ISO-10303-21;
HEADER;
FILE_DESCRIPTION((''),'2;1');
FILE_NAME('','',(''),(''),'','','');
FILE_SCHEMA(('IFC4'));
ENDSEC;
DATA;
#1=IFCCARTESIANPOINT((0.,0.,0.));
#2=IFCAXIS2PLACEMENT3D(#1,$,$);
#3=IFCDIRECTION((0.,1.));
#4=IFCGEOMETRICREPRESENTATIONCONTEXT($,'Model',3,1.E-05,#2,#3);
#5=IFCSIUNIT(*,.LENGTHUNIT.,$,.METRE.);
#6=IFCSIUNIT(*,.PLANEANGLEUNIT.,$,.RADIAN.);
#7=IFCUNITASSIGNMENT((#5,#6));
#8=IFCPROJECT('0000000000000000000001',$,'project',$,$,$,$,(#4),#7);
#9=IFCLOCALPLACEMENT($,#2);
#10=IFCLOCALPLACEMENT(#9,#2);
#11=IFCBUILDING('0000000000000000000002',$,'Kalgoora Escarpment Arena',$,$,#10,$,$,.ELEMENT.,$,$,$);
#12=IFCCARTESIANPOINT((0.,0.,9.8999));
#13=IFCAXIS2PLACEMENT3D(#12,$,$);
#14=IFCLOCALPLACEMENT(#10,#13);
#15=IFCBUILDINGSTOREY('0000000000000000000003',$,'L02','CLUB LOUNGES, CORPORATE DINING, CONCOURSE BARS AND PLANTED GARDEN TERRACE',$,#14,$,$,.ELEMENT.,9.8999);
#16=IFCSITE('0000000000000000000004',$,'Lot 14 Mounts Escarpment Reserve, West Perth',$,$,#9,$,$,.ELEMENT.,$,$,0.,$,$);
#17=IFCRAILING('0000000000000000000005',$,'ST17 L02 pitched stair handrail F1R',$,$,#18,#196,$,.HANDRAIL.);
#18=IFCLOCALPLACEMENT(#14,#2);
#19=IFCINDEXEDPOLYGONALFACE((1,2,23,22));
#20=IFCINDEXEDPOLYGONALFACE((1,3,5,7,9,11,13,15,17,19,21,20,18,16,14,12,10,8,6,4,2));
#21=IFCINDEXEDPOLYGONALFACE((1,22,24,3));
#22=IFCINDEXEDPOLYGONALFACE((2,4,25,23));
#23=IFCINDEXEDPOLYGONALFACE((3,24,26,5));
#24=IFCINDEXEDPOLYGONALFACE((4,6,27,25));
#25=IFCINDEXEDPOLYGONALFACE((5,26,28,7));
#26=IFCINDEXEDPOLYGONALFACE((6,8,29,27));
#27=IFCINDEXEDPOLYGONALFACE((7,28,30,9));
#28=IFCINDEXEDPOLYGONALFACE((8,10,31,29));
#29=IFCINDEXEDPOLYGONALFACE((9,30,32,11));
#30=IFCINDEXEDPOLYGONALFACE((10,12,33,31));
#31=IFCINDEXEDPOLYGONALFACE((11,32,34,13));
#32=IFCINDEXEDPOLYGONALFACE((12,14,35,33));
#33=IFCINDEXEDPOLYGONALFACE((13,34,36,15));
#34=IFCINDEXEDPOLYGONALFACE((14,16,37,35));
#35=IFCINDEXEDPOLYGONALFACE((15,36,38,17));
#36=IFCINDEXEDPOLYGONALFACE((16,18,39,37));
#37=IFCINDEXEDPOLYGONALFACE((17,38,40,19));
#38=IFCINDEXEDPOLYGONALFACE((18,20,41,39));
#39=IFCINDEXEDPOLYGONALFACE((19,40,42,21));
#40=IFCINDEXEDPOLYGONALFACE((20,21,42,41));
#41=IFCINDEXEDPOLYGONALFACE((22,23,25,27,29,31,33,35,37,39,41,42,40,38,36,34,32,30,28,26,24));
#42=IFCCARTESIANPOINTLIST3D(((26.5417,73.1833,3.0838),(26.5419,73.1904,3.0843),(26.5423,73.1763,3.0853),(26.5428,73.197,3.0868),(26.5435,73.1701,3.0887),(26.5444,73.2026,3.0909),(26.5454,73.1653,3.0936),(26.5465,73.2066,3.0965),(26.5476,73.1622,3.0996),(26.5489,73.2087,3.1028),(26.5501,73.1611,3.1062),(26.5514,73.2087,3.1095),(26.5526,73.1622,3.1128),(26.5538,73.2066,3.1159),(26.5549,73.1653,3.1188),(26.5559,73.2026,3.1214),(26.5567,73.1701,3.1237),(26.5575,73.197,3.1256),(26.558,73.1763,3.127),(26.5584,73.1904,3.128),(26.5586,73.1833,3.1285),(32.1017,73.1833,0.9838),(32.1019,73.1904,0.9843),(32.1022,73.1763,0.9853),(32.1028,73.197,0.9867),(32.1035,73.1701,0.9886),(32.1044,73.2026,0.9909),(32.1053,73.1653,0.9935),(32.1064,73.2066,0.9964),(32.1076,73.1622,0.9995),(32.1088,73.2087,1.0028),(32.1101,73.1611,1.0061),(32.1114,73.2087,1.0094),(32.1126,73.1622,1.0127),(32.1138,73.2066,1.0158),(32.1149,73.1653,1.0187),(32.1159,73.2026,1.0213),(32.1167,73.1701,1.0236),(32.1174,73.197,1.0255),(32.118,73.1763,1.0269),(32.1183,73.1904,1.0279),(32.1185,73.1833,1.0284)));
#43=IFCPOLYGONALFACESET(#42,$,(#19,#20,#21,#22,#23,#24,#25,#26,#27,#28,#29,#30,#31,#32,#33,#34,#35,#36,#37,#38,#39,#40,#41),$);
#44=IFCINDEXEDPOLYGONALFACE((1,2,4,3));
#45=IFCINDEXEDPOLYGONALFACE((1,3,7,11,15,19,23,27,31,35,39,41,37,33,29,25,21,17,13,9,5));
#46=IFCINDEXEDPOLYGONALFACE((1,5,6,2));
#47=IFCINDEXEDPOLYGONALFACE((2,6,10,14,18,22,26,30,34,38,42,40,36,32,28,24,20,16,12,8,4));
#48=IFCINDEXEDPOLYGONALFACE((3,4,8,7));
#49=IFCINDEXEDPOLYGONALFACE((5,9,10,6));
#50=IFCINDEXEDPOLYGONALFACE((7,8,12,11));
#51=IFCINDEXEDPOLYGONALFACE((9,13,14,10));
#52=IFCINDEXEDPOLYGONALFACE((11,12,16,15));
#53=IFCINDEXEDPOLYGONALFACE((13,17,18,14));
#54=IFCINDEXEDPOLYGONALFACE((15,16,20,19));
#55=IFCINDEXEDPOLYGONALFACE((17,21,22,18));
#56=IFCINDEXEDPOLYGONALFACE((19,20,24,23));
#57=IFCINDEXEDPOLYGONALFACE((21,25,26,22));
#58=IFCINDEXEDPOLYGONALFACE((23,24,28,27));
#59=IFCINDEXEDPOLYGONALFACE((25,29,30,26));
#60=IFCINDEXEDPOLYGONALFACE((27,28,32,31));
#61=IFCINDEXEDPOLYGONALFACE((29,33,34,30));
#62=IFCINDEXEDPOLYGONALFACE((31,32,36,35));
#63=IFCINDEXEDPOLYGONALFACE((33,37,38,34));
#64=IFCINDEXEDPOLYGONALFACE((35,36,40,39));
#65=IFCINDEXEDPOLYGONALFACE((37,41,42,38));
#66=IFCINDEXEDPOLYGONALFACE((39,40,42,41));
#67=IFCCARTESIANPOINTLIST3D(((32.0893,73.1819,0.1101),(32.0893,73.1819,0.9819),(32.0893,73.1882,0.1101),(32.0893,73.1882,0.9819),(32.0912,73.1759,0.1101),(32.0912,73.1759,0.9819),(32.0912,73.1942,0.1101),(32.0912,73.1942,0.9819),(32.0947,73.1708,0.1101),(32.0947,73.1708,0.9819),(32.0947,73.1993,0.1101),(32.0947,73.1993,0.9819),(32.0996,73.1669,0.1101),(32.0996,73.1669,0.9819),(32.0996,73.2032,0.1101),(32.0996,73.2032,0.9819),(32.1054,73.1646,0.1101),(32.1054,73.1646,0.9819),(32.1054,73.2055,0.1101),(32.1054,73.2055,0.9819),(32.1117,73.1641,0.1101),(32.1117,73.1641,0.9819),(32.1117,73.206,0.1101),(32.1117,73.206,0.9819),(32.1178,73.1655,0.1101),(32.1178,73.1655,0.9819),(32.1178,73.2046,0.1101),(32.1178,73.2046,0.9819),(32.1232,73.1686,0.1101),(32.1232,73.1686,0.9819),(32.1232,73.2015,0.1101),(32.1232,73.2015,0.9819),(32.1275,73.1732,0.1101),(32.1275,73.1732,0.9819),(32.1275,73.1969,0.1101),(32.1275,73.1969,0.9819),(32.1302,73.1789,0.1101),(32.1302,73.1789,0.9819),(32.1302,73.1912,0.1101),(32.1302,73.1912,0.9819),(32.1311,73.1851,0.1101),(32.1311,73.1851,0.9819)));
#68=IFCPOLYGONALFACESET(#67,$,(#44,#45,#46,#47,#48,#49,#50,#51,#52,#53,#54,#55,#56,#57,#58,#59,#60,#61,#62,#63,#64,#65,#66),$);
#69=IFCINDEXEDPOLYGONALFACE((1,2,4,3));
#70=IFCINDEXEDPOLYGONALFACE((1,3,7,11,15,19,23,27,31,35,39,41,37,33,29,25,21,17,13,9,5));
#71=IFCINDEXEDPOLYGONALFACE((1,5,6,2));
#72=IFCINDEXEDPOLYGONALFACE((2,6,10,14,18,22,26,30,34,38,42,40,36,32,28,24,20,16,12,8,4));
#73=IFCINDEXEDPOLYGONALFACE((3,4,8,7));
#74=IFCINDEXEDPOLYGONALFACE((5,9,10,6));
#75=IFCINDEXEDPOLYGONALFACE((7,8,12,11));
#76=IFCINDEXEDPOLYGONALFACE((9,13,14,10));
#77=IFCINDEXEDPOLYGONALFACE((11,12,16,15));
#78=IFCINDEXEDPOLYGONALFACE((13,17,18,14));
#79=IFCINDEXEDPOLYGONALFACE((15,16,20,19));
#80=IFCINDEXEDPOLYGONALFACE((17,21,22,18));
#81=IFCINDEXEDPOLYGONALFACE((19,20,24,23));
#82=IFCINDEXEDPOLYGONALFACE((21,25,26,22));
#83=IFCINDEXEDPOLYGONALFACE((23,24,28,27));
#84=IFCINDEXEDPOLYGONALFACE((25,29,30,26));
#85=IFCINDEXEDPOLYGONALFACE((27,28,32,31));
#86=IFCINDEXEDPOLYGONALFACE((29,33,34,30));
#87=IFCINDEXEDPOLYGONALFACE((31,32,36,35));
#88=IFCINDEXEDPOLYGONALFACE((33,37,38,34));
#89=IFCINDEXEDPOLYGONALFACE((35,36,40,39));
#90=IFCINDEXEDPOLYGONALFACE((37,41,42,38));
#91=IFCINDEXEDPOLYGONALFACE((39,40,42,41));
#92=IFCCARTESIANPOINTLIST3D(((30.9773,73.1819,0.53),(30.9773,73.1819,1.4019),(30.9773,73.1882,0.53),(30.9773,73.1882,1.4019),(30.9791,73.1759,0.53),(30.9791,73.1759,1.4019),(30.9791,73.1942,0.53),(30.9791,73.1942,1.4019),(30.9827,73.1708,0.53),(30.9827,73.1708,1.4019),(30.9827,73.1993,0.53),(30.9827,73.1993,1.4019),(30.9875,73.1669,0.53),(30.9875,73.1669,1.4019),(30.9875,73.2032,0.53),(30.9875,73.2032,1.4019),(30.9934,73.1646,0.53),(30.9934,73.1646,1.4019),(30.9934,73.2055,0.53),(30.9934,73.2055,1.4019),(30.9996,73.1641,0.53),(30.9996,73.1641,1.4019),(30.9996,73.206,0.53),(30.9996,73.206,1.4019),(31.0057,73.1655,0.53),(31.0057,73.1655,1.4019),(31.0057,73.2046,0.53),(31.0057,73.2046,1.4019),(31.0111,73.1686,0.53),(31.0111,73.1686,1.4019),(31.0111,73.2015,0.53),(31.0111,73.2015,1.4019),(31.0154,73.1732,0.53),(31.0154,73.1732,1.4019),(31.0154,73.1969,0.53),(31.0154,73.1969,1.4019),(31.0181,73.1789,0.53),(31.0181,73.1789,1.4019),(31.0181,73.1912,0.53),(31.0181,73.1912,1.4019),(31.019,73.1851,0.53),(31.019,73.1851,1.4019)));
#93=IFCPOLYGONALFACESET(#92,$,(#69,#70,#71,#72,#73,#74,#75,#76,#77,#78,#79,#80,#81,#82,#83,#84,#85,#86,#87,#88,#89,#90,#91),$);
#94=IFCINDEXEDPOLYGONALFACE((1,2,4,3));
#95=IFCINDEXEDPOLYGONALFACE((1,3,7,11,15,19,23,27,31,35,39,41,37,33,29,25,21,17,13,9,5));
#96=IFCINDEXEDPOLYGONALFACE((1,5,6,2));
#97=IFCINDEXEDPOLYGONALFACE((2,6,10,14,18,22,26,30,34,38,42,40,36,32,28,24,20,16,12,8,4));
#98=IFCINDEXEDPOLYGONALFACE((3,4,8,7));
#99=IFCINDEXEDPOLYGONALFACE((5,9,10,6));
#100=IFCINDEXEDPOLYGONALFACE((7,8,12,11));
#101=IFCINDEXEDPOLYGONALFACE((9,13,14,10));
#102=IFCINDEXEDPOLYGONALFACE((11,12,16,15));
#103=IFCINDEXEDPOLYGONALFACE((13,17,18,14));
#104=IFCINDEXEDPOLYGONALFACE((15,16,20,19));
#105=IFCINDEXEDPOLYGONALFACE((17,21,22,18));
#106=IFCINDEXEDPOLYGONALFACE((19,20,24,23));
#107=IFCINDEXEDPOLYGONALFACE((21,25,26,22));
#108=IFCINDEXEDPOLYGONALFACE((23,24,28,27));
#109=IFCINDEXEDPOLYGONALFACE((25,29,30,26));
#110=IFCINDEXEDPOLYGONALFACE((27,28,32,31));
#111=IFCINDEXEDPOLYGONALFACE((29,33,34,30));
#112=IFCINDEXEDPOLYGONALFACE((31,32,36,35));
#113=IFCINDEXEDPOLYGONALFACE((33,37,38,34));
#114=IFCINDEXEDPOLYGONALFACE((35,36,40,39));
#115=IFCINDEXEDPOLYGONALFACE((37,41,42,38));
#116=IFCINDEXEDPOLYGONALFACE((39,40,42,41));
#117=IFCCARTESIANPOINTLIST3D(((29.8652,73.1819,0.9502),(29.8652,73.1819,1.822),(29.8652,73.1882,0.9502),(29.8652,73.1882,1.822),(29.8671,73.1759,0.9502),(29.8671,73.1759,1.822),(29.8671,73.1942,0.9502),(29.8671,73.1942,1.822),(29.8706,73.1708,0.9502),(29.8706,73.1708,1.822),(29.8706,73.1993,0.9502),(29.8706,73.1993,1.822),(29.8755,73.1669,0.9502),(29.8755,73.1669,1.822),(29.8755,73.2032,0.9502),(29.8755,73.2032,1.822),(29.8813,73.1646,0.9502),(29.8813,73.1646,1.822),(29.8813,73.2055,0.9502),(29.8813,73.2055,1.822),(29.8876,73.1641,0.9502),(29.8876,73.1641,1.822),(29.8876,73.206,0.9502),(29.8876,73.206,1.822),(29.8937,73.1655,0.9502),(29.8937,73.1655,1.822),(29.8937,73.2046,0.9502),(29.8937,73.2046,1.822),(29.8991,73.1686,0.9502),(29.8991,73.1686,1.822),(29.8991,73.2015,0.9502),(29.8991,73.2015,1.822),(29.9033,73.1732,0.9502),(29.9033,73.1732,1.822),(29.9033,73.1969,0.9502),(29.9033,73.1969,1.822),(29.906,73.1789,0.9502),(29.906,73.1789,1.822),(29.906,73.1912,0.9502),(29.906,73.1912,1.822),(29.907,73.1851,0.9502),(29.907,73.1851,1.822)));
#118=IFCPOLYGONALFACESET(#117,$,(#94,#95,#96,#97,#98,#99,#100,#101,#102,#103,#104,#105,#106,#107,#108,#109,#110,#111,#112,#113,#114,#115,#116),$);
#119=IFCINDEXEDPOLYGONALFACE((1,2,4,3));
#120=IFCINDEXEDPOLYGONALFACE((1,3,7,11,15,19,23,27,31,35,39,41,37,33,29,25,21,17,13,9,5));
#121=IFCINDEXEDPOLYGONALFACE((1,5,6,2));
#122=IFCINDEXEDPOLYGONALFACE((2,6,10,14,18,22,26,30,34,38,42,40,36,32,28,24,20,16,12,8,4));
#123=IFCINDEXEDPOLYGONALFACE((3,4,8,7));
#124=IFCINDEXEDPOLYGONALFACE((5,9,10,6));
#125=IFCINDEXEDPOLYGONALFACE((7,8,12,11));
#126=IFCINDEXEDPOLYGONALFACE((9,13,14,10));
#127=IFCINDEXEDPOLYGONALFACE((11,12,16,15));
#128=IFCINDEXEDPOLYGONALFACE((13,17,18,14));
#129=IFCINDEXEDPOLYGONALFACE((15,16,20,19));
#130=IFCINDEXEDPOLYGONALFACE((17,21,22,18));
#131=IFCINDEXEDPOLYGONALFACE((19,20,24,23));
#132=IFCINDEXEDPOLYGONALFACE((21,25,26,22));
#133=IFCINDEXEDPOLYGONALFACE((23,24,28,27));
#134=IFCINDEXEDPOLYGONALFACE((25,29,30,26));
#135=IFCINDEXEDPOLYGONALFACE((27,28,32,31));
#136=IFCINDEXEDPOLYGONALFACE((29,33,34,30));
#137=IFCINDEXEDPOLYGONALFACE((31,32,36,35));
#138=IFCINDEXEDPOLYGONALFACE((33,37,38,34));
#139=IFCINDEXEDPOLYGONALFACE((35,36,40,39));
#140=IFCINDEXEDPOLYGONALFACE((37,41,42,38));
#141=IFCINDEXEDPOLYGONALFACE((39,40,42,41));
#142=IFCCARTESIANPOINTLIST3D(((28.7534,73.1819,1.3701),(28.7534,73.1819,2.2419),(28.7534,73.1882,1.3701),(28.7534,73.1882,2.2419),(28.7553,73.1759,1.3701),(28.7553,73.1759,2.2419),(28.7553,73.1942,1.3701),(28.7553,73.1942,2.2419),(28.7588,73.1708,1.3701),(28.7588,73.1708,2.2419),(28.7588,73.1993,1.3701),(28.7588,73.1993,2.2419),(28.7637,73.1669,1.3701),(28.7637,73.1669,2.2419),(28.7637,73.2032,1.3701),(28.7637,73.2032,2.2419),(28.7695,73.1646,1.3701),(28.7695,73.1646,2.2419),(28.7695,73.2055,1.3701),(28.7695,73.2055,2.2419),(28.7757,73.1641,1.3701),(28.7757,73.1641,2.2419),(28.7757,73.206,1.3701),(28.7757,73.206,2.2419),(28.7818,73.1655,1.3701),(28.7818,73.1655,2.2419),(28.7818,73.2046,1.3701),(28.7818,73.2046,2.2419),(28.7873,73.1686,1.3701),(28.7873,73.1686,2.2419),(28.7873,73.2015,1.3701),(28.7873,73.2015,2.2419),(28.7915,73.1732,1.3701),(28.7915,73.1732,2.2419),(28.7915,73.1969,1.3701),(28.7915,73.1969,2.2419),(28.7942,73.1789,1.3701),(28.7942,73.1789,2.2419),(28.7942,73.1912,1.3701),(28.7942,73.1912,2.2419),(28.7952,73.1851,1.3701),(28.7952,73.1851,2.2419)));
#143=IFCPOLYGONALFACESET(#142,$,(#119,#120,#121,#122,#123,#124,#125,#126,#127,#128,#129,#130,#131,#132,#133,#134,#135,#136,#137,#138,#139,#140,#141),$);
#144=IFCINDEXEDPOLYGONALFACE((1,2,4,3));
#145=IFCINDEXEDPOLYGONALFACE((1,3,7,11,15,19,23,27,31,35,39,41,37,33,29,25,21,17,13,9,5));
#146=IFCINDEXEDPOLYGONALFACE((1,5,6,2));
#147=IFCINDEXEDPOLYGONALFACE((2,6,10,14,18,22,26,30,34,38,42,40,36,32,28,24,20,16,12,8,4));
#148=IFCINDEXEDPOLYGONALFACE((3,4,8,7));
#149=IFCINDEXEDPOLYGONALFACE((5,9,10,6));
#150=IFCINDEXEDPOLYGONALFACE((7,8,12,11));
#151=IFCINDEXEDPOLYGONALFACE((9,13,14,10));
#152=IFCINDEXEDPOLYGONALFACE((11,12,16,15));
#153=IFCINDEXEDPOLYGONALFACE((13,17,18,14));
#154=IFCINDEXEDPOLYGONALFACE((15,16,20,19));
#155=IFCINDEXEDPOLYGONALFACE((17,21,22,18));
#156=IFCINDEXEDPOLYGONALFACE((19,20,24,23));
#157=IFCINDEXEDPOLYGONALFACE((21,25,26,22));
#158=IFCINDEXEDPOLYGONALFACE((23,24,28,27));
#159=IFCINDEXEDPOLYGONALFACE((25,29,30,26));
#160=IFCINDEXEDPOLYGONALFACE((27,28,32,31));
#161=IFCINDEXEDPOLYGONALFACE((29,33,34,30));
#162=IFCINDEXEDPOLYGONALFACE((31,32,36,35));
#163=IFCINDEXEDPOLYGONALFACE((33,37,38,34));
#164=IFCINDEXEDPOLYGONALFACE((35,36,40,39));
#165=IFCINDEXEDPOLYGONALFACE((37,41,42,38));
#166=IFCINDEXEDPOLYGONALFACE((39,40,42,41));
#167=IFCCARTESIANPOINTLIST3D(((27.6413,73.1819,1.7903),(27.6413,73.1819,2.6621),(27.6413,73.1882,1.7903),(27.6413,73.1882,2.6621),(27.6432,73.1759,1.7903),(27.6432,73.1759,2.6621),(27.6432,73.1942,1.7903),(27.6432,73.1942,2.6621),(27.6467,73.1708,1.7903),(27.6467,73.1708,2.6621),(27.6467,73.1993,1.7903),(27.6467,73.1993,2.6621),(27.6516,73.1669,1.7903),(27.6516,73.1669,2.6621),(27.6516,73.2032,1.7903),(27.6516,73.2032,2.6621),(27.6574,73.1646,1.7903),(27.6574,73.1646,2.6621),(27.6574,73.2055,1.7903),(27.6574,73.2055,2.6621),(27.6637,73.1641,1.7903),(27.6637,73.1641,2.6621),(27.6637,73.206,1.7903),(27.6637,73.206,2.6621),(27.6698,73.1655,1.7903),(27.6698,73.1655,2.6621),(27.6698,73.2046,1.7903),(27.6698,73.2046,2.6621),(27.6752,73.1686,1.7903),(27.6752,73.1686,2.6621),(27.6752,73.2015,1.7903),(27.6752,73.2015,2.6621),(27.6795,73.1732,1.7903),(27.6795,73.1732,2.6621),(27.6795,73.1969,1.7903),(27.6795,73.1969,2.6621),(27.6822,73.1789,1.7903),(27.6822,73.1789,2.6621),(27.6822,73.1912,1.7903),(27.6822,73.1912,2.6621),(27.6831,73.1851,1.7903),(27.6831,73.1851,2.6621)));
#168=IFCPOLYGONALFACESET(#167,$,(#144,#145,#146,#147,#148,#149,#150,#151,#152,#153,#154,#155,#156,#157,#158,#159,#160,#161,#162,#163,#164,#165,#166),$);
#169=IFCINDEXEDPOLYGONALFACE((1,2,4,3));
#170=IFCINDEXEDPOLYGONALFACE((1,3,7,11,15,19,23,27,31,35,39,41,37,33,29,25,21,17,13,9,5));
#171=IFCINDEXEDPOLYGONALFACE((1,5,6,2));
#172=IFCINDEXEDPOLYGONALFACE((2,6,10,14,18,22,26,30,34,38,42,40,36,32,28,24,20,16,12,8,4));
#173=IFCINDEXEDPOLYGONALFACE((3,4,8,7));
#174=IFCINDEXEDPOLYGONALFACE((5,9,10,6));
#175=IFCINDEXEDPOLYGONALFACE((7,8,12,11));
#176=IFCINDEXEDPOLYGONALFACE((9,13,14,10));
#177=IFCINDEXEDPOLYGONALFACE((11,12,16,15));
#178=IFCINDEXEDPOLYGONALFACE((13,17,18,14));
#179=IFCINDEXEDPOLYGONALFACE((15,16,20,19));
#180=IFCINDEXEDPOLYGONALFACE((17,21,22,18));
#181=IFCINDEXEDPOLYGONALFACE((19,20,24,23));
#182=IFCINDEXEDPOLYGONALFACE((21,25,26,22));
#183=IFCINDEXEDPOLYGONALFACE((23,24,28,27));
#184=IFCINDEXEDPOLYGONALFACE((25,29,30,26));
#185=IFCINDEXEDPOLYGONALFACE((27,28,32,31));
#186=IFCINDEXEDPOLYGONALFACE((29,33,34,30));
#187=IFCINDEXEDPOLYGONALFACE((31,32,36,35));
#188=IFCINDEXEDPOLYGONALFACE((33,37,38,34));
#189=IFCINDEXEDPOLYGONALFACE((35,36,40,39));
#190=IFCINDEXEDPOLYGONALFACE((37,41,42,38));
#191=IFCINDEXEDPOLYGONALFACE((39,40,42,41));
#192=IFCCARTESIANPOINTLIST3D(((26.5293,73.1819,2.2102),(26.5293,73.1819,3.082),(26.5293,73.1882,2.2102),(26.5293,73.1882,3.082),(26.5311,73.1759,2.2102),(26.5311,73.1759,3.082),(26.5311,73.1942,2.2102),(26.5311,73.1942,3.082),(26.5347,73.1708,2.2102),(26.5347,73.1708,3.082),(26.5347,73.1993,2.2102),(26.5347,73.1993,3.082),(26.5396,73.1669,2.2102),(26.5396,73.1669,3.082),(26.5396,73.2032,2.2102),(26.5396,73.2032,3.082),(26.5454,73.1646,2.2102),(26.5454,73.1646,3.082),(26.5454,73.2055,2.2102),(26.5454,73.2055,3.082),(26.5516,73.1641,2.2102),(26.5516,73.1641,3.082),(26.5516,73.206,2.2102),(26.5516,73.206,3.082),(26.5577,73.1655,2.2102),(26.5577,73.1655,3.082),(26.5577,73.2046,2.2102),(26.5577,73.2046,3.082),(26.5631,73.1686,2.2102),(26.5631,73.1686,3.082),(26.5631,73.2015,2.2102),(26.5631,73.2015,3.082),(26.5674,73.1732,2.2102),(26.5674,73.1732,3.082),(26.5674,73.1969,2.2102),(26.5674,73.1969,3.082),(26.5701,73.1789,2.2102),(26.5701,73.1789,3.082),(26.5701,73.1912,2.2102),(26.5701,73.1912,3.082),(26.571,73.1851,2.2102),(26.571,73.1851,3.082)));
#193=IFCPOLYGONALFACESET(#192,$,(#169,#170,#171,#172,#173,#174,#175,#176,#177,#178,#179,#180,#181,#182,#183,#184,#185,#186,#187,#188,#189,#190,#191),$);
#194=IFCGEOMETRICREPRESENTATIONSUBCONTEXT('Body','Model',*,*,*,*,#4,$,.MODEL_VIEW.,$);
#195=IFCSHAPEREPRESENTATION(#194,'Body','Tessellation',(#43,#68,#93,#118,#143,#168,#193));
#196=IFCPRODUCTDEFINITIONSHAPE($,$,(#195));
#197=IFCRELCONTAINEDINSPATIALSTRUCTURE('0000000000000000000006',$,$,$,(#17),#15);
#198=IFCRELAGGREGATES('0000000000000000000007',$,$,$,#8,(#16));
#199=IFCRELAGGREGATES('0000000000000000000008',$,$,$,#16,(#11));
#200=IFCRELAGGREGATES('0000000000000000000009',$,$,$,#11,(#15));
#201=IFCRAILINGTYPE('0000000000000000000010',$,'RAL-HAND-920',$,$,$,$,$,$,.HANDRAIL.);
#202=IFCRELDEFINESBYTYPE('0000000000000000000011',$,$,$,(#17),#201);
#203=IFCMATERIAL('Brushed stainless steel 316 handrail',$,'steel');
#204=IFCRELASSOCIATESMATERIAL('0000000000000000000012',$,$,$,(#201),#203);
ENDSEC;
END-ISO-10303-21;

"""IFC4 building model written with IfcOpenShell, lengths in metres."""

from ifc_helpers import new_model, si_unit, direction, frame, origin, origin_2d, place, context, subcontext, project, spatial, circle, extrude, material, type_object, element, save


model = new_model("IFC4")

# Units and contexts
model_context = context("Model", 3, precision=1e-05, world=origin(), true_north=direction((0.0, 1.0)))
body_context = subcontext(model_context, "Body", "Model", "MODEL_VIEW")
ifc_project = project(units=[si_unit("LENGTHUNIT", "METRE"), si_unit("PLANEANGLEUNIT", "RADIAN")], contexts=[model_context])

# Site, building, storey
site_placement = place(None, origin())
site = spatial("IfcSite", under=ifc_project, at=site_placement, Name="Lot 14 Mounts Escarpment Reserve, West Perth", CompositionType="ELEMENT", RefElevation=0.0)
building_placement = place(site_placement, origin())
building = spatial("IfcBuilding", under=site, at=building_placement, Name="Kalgoora Escarpment Arena", CompositionType="ELEMENT")
storey_placement = place(building_placement, frame((0.0, 0.0, 9.8999)))
storey = spatial("IfcBuildingStorey", under=building, at=storey_placement, Name="L02", Description="CLUB LOUNGES, CORPORATE DINING, CONCOURSE BARS AND PLANTED GARDEN TERRACE", CompositionType="ELEMENT", Elevation=9.8999)

# Railing
ifc_material_1 = material(Name="Brushed stainless steel 316 handrail", Category="steel")
railing_type_1 = type_object("IfcRailingType", Name="RAL-HAND-920", PredefinedType="HANDRAIL", material=ifc_material_1)
for number, where, name in (
    (1, (32.1101, 73.1851, 0.1101), "ST17 L02 pitched stair handrail F1R"),
):
    element("IfcRailing", number, at=place(storey_placement, frame(where)), inside=storey, type_object=railing_type_1, Name=name, PredefinedType="HANDRAIL", context=body_context, shape_type="SweptSolid", body=[
        extrude(circle(Radius=0.0239, at=origin_2d()), frame((0.0, 0.0, 0.896), z_axis=(-0.935493, 0.0, 0.353346), x_axis=(0.0, -1.0, 0.0)), (0.0, 0.0, 1.0), 5.9434),
        extrude(circle(Radius=0.021, at=origin_2d()), origin(), (0.0, 0.0, 1.0), 0.8718),
        extrude(circle(Radius=0.021, at=origin_2d()), frame((-1.1121, 0.0, 0.4199)), (0.0, 0.0, 1.0), 0.8718),
        extrude(circle(Radius=0.021, at=origin_2d()), frame((-2.2241, 0.0, 0.8401)), (0.0, 0.0, 1.0), 0.8718),
        extrude(circle(Radius=0.021, at=origin_2d()), frame((-3.3359, 0.0, 1.26)), (0.0, 0.0, 1.0), 0.8718),
        extrude(circle(Radius=0.021, at=origin_2d()), frame((-4.448, 0.0, 1.6802)), (0.0, 0.0, 1.0), 0.8718),
        extrude(circle(Radius=0.021, at=origin_2d()), frame((-5.5601, 0.0, 2.1001)), (0.0, 0.0, 1.0), 0.8718),
    ])

save(model, "model.ifc")
